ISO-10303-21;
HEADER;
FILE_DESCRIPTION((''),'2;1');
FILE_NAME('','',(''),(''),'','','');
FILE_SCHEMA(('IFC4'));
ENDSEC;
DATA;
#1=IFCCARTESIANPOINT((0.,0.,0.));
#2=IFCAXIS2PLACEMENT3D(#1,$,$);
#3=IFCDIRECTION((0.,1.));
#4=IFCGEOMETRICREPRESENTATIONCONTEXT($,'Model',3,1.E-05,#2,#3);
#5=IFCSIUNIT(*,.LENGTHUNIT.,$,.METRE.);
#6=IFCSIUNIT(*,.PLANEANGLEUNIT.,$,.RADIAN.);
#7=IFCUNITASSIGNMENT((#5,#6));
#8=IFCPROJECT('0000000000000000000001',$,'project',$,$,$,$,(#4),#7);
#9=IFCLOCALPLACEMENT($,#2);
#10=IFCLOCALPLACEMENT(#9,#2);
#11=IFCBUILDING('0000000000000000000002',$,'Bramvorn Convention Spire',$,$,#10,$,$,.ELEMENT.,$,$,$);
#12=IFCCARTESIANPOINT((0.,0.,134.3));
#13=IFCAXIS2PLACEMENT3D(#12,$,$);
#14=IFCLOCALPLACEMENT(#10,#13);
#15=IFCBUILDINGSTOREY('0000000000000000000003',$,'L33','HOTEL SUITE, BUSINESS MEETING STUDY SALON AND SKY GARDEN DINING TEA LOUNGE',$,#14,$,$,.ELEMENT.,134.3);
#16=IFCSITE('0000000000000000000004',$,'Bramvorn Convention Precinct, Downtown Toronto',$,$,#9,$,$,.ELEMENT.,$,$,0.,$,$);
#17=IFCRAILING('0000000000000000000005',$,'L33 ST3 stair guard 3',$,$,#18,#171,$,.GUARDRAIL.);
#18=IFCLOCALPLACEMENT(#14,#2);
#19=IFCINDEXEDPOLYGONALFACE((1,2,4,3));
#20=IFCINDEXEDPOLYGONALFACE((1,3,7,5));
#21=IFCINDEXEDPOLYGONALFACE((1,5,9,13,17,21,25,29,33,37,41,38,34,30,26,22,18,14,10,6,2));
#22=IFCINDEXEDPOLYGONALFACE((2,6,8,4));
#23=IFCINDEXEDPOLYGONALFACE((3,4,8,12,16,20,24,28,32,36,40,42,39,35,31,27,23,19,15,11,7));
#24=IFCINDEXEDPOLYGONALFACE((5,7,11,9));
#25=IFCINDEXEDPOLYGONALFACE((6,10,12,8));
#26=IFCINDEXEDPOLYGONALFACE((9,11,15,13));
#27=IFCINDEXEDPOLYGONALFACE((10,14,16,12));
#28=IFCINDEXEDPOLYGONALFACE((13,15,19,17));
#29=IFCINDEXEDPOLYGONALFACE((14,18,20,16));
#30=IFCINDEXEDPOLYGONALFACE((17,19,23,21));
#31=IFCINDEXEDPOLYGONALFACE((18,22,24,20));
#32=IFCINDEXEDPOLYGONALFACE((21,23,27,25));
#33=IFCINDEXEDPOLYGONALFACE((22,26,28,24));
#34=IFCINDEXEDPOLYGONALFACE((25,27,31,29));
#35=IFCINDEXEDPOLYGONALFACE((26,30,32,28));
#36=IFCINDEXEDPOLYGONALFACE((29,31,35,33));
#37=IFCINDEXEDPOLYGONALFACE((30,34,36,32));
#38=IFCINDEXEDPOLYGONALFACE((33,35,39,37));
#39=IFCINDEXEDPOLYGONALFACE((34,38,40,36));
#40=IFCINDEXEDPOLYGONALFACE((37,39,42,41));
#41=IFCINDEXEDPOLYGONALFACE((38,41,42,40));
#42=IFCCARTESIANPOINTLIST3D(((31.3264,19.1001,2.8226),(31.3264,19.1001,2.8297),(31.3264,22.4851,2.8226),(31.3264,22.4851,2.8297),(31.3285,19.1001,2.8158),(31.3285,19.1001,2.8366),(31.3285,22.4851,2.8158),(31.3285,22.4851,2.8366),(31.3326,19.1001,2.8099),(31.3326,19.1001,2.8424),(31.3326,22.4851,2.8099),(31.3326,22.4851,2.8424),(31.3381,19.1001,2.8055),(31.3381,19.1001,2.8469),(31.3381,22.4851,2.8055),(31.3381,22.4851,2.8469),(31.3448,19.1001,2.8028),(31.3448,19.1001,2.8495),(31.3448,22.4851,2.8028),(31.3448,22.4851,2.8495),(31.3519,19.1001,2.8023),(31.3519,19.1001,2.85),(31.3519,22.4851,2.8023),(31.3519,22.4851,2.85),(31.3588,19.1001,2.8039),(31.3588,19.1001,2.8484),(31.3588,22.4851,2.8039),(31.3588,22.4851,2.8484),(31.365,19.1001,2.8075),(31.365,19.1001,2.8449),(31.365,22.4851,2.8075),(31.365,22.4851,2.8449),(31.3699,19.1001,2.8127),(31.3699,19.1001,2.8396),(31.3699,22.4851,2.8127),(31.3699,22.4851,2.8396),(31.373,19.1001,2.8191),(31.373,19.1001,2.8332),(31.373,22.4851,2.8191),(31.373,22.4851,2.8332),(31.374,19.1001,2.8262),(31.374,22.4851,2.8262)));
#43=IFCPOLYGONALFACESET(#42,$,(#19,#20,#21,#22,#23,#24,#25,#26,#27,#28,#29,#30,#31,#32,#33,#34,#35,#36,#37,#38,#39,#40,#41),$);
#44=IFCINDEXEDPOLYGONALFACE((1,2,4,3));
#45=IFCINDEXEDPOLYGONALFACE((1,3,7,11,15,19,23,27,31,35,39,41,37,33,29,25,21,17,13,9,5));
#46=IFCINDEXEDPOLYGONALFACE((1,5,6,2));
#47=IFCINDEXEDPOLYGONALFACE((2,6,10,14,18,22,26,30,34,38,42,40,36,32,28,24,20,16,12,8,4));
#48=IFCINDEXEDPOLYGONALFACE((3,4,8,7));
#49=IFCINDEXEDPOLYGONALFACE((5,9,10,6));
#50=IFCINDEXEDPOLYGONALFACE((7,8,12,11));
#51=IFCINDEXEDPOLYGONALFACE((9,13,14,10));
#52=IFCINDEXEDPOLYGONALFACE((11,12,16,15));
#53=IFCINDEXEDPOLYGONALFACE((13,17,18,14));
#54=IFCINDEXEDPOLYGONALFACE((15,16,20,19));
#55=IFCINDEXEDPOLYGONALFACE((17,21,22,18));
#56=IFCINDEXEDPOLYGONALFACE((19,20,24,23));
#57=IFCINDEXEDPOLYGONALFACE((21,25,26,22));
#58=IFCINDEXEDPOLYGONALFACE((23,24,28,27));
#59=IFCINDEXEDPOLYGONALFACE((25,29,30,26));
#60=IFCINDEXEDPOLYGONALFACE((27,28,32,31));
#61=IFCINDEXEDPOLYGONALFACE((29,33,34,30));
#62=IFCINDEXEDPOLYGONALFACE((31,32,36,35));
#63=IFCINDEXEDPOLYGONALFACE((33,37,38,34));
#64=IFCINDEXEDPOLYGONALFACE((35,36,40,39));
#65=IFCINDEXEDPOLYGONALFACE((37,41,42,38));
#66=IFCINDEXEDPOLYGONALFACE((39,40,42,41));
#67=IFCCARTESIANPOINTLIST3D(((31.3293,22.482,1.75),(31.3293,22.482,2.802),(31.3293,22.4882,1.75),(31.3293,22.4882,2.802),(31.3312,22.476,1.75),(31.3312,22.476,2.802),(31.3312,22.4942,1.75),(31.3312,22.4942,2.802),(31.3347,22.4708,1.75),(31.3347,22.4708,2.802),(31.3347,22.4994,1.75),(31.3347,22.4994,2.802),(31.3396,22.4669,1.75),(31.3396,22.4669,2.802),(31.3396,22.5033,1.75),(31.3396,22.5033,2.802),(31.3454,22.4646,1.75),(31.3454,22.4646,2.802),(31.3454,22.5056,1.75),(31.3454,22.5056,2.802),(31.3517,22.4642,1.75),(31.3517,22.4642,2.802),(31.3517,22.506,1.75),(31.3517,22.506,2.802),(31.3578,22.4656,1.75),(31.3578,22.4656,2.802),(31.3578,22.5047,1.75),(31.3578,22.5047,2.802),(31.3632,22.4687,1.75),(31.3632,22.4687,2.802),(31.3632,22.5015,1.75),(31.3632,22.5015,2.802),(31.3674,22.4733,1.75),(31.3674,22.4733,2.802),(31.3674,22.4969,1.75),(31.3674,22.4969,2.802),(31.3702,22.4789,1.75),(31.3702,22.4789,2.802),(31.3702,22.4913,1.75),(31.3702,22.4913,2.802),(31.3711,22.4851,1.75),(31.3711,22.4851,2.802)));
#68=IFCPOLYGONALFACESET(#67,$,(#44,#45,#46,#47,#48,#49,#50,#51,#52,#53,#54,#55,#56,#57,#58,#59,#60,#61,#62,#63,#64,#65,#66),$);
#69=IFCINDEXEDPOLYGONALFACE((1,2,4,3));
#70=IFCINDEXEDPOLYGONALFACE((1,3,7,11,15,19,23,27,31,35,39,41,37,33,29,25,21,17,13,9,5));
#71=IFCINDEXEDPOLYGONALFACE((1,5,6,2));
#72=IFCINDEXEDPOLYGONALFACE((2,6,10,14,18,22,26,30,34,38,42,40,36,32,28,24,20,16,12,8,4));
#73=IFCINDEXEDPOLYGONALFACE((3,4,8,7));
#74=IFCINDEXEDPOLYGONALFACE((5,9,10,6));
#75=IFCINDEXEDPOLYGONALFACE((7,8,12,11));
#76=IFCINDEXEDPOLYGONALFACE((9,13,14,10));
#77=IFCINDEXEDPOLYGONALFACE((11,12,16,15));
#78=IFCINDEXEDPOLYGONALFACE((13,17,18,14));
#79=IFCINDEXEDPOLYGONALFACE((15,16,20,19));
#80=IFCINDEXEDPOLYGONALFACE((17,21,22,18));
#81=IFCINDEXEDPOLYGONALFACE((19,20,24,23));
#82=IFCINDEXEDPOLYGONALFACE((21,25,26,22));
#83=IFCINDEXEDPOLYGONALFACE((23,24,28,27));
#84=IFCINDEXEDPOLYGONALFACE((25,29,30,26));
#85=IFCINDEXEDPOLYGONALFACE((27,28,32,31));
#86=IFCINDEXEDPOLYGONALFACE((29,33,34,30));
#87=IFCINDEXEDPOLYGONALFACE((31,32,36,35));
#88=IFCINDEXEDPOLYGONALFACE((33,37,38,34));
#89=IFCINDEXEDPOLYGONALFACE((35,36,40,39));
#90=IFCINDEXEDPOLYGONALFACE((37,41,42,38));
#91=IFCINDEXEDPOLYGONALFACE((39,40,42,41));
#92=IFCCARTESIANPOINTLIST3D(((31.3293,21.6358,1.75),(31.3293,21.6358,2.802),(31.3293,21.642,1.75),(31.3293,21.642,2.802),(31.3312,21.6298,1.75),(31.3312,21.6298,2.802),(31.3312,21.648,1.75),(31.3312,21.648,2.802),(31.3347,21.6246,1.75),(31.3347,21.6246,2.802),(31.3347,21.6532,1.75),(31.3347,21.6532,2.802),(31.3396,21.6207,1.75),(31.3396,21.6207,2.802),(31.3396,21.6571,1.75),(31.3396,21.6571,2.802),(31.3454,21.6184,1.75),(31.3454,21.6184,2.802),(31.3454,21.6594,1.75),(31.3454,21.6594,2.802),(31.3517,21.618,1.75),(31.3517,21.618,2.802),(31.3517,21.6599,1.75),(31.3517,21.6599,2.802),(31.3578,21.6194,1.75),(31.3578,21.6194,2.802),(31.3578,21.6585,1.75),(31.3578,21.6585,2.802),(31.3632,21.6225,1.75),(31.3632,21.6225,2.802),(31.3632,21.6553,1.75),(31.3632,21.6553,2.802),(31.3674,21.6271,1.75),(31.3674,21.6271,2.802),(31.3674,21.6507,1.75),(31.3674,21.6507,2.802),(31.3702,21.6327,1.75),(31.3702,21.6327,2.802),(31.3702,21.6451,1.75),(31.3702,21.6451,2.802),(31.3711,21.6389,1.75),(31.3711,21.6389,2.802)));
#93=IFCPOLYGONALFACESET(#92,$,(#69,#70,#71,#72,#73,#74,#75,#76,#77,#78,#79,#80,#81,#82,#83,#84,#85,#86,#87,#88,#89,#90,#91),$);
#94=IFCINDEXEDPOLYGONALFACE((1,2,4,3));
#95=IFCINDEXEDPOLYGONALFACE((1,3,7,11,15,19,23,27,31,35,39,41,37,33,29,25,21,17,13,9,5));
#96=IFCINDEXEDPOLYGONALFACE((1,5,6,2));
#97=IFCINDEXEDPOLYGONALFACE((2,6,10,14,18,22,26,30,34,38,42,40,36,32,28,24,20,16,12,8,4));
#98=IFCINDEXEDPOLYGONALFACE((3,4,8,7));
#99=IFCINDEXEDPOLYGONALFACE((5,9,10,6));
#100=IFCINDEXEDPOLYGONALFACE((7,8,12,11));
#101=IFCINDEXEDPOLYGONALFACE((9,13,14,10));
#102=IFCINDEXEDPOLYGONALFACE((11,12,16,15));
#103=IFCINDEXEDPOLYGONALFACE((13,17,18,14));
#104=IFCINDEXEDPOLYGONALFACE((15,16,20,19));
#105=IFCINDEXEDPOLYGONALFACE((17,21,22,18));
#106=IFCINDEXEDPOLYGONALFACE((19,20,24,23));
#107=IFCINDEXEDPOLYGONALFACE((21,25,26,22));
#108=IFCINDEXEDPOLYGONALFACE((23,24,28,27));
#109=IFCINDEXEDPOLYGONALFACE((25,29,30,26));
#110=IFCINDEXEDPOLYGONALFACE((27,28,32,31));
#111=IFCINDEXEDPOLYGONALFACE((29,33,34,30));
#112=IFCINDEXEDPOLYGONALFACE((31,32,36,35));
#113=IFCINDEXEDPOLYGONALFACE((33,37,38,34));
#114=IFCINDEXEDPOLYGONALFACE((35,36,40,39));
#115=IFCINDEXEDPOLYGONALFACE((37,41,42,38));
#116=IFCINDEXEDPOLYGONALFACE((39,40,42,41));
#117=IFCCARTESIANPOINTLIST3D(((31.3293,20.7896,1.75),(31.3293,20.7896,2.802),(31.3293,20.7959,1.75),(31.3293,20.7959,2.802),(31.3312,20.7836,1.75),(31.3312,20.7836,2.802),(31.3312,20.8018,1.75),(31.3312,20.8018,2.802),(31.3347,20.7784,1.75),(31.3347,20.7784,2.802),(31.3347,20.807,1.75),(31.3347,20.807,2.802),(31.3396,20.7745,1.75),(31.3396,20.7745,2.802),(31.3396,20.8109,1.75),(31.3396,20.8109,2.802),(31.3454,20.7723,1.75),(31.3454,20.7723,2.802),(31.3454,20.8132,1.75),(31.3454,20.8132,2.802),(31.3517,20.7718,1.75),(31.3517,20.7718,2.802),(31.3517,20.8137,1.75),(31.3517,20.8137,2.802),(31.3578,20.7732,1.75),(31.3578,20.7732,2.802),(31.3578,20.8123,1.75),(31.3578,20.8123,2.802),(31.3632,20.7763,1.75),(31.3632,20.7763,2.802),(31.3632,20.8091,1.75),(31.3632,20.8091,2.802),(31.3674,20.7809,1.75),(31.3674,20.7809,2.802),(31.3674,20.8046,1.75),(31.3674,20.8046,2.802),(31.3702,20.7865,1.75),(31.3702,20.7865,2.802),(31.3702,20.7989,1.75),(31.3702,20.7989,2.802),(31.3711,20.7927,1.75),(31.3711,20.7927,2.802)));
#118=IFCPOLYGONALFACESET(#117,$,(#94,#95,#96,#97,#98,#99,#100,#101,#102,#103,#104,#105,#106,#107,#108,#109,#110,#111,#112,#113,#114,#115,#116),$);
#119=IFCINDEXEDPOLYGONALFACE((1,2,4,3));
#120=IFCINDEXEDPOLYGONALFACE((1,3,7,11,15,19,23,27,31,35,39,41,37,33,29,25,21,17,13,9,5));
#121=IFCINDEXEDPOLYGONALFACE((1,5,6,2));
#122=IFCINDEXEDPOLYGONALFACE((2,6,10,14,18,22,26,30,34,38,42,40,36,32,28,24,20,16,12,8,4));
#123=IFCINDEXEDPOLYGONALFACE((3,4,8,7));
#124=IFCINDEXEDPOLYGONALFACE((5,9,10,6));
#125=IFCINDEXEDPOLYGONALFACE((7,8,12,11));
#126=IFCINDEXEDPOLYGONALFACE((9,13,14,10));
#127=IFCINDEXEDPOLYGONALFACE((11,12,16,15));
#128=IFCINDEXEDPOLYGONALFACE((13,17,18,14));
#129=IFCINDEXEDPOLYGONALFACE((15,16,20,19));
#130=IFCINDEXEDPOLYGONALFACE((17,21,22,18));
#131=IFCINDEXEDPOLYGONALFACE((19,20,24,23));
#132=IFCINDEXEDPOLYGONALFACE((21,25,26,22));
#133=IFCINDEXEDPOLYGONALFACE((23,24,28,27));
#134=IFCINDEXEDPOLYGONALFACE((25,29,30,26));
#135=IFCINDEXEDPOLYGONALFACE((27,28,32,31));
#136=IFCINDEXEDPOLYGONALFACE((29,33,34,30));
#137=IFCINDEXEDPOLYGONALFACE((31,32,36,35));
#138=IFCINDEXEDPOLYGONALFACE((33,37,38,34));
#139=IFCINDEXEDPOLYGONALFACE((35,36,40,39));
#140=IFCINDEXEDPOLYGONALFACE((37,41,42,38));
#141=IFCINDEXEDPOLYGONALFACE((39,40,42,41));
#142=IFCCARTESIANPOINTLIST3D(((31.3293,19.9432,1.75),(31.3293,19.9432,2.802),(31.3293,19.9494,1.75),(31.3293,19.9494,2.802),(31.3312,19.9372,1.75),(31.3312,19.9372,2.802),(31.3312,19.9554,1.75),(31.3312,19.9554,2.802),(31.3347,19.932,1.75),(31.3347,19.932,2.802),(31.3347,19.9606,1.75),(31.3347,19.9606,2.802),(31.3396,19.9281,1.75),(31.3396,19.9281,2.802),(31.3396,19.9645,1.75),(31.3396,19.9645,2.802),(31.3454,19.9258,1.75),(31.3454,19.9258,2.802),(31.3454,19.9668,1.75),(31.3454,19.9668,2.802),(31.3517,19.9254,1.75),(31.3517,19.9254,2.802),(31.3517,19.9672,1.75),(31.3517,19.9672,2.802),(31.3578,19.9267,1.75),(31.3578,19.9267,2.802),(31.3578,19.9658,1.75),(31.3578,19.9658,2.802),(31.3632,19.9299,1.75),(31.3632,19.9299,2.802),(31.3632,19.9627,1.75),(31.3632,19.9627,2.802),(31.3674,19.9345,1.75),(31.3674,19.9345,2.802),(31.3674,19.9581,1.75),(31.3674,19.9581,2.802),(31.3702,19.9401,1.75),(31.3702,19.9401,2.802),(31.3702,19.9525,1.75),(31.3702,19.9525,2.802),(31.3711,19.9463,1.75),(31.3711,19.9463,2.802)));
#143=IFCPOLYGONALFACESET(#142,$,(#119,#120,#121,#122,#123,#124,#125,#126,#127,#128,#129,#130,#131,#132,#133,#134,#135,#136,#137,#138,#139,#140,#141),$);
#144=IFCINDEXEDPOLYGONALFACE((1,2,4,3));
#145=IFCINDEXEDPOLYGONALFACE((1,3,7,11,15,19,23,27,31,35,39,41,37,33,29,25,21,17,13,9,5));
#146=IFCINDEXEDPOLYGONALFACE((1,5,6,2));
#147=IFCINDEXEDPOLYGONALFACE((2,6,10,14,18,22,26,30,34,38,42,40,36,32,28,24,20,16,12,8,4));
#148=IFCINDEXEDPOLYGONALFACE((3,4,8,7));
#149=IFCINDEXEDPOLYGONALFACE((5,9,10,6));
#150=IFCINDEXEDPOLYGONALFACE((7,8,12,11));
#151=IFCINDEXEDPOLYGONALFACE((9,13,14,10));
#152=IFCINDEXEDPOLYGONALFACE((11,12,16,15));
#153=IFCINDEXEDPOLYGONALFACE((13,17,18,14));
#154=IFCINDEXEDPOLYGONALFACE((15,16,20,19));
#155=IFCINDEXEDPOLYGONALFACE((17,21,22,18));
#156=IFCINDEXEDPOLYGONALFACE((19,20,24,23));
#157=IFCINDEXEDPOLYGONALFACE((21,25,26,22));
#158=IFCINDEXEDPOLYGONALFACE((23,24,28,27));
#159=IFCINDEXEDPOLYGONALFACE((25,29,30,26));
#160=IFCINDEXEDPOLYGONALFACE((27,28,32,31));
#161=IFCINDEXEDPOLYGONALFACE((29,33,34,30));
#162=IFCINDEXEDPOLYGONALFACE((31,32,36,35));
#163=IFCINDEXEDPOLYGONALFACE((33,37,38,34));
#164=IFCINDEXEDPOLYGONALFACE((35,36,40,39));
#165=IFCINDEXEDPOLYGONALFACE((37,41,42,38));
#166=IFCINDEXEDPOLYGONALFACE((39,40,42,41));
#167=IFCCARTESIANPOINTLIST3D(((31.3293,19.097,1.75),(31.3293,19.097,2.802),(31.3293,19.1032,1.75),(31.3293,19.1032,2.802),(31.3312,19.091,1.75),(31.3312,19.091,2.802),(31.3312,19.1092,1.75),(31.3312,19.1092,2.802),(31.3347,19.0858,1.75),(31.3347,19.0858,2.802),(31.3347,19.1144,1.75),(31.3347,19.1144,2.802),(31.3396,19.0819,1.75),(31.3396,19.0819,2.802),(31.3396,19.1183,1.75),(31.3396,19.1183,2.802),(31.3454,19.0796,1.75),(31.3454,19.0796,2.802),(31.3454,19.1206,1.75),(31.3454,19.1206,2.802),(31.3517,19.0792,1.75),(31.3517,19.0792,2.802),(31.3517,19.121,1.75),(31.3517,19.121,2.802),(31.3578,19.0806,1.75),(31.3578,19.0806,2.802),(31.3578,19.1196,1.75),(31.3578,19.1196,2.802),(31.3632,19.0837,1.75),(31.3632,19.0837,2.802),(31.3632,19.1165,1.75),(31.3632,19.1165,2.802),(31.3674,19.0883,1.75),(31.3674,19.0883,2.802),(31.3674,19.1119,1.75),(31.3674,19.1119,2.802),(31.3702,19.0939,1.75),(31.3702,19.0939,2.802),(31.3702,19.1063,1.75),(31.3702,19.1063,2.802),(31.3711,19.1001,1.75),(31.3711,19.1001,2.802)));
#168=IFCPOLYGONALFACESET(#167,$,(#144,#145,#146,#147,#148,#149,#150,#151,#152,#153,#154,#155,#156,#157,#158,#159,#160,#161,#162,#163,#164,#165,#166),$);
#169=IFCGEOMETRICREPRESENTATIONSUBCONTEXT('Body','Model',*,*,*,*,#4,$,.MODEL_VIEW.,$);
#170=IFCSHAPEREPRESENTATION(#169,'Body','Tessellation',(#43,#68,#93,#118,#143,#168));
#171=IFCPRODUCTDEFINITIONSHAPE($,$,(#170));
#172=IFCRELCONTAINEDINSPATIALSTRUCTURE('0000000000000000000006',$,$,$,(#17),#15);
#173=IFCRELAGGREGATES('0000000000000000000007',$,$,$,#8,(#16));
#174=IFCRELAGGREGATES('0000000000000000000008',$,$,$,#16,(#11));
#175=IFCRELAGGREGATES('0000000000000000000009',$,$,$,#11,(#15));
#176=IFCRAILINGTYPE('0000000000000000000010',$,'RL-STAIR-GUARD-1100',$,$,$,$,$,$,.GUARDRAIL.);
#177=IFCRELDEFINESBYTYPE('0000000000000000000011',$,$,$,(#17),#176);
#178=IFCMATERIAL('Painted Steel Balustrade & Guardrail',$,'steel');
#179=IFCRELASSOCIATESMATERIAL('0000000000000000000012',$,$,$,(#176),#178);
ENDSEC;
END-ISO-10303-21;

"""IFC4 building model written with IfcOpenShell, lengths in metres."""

from ifc_helpers import new_model, si_unit, direction, frame, origin, origin_2d, place, context, subcontext, project, spatial, circle, extrude, material, type_object, element, save


model = new_model("IFC4")

# Units and contexts
model_context = context("Model", 3, precision=1e-05, world=origin(), true_north=direction((0.0, 1.0)))
body_context = subcontext(model_context, "Body", "Model", "MODEL_VIEW")
ifc_project = project(units=[si_unit("LENGTHUNIT", "METRE"), si_unit("PLANEANGLEUNIT", "RADIAN")], contexts=[model_context])

# Site, building, storey
site_placement = place(None, origin())
site = spatial("IfcSite", under=ifc_project, at=site_placement, Name="Bramvorn Convention Precinct, Downtown Toronto", CompositionType="ELEMENT", RefElevation=0.0)
building_placement = place(site_placement, origin())
building = spatial("IfcBuilding", under=site, at=building_placement, Name="Bramvorn Convention Spire", CompositionType="ELEMENT")
storey_placement = place(building_placement, frame((0.0, 0.0, 134.3)))
storey = spatial("IfcBuildingStorey", under=building, at=storey_placement, Name="L33", Description="HOTEL SUITE, BUSINESS MEETING STUDY SALON AND SKY GARDEN DINING TEA LOUNGE", CompositionType="ELEMENT", Elevation=134.3)

# Railing
ifc_material_1 = material(Name="Painted Steel Balustrade & Guardrail", Category="steel")
railing_type_1 = type_object("IfcRailingType", Name="RL-STAIR-GUARD-1100", PredefinedType="GUARDRAIL", material=ifc_material_1)
railing_1_placement = place(storey_placement, frame((31.3501, 22.4851, 1.75)))
element("IfcRailing", 1, at=railing_1_placement, inside=storey, type_object=railing_type_1, Name="L33 ST3 stair guard 3", PredefinedType="GUARDRAIL", context=body_context, shape_type="SweptSolid", body=[
    extrude(circle(Radius=0.0239, at=origin_2d()), frame((0.0, 0.0, 1.0762), z_axis=(0.0, -1.0, 0.0), x_axis=(1.0, 0.0, 0.0)), (0.0, 0.0, 1.0), 3.385),
    extrude(circle(Radius=0.021, at=origin_2d()), origin(), (0.0, 0.0, 1.0), 1.052),
    extrude(circle(Radius=0.021, at=origin_2d()), frame((0.0, -0.8462, 0.0)), (0.0, 0.0, 1.0), 1.052),
    extrude(circle(Radius=0.021, at=origin_2d()), frame((0.0, -1.6924, 0.0)), (0.0, 0.0, 1.0), 1.052),
    extrude(circle(Radius=0.021, at=origin_2d()), frame((0.0, -2.5388, 0.0)), (0.0, 0.0, 1.0), 1.052),
    extrude(circle(Radius=0.021, at=origin_2d()), frame((0.0, -3.385, 0.0)), (0.0, 0.0, 1.0), 1.052),
])

save(model, "model.ifc")
